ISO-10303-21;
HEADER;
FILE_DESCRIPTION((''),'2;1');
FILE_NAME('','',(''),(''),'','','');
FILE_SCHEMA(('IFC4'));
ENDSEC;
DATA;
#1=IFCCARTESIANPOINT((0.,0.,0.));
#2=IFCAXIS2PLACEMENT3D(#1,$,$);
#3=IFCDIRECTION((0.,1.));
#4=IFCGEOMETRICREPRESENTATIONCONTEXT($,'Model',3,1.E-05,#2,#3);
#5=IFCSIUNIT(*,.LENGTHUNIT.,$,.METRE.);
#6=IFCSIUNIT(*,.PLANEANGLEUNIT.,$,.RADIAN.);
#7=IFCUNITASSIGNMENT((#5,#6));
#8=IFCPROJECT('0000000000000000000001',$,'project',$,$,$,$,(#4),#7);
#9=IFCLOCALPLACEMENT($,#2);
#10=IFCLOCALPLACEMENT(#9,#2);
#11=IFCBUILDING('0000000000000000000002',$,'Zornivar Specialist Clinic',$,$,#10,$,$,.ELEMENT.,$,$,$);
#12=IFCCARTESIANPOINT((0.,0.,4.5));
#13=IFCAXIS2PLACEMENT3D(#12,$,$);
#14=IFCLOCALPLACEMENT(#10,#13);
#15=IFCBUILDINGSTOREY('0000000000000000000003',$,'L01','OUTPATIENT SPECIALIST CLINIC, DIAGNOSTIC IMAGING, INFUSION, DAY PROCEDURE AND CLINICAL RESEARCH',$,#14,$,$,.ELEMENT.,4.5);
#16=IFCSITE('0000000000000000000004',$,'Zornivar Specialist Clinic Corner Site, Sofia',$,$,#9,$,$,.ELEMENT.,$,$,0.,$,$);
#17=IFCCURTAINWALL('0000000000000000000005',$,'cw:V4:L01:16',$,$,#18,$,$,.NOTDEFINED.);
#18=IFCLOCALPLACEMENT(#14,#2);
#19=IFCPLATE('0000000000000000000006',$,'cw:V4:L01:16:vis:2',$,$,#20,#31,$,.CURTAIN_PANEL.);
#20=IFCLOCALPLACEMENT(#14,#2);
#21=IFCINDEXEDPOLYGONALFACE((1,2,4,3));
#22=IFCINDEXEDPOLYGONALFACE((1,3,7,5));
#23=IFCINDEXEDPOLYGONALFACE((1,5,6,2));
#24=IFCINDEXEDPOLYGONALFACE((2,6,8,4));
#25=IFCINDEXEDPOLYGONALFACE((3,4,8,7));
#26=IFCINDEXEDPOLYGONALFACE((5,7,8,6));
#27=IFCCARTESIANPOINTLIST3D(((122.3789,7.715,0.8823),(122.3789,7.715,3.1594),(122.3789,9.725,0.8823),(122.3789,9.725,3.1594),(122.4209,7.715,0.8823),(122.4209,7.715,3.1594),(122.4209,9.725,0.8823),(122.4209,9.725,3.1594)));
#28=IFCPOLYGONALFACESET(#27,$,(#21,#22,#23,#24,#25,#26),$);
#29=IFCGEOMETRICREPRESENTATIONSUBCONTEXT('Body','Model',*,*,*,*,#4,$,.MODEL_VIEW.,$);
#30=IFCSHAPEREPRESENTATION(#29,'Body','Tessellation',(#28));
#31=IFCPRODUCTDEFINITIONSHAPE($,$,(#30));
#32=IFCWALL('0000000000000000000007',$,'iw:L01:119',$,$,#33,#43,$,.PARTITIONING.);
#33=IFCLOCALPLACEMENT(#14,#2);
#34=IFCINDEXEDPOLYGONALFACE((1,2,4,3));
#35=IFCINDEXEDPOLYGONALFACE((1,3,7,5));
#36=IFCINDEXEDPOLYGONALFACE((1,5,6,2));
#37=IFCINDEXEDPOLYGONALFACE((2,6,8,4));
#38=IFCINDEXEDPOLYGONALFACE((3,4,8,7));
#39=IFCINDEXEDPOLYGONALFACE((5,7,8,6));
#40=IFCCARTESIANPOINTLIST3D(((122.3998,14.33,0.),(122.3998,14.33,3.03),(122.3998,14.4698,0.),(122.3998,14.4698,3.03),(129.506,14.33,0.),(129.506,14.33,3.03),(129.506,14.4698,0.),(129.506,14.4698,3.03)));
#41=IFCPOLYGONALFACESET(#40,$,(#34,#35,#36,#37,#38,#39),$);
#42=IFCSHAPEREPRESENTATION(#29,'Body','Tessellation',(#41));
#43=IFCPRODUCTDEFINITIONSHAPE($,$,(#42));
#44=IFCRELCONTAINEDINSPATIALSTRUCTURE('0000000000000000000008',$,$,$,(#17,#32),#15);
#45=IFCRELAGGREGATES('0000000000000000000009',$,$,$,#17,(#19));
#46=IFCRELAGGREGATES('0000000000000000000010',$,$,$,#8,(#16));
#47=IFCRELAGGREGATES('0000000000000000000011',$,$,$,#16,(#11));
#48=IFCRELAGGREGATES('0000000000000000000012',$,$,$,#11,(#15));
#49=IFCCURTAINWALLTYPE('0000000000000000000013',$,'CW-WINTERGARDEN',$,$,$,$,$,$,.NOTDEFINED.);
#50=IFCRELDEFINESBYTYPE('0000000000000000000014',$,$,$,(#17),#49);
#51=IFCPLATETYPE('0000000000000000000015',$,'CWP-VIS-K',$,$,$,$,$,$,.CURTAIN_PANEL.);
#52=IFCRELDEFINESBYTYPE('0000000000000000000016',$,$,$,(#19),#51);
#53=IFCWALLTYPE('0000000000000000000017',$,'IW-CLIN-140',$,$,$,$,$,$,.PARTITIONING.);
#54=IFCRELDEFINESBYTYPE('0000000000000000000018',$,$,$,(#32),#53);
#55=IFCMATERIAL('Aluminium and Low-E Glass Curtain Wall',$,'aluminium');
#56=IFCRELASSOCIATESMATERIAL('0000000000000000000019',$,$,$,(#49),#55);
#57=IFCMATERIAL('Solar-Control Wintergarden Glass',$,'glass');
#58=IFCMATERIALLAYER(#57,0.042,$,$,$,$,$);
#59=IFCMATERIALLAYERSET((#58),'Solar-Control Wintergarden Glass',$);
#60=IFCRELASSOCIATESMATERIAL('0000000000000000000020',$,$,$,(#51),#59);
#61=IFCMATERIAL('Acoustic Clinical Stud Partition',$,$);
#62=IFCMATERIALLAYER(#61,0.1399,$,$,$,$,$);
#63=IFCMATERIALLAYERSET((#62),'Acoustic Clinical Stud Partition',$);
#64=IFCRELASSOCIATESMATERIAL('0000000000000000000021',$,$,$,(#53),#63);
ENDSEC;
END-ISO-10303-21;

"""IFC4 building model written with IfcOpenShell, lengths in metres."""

from ifc_helpers import new_model, si_unit, direction, frame, frame_2d, origin, origin_2d, place, context, subcontext, project, spatial, rectangle, extrude, material, layer, layer_set, type_object, element, aggregate, save


model = new_model("IFC4")

# Units and contexts
model_context = context("Model", 3, precision=1e-05, world=origin(), true_north=direction((0.0, 1.0)))
body_context = subcontext(model_context, "Body", "Model", "MODEL_VIEW")
ifc_project = project(units=[si_unit("LENGTHUNIT", "METRE"), si_unit("PLANEANGLEUNIT", "RADIAN")], contexts=[model_context])

# Site, building, storey
site_placement = place(None, origin())
site = spatial("IfcSite", under=ifc_project, at=site_placement, Name="Zornivar Specialist Clinic Corner Site, Sofia", CompositionType="ELEMENT", RefElevation=0.0)
building_placement = place(site_placement, origin())
building = spatial("IfcBuilding", under=site, at=building_placement, Name="Zornivar Specialist Clinic", CompositionType="ELEMENT")
storey_placement = place(building_placement, frame((0.0, 0.0, 4.5)))
storey = spatial("IfcBuildingStorey", under=building, at=storey_placement, Name="L01", Description="OUTPATIENT SPECIALIST CLINIC, DIAGNOSTIC IMAGING, INFUSION, DAY PROCEDURE AND CLINICAL RESEARCH", CompositionType="ELEMENT", Elevation=4.5)

# Curtain wall
ifc_material_1 = material(Name="Aluminium and Low-E Glass Curtain Wall", Category="aluminium")
curtain_wall_type = type_object("IfcCurtainWallType", Name="CW-WINTERGARDEN", PredefinedType="NOTDEFINED", material=ifc_material_1)
curtain_wall_1_placement = place(storey_placement, origin())
curtain_wall_1 = element("IfcCurtainWall", 1, at=curtain_wall_1_placement, inside=storey, type_object=curtain_wall_type, Name="cw:V4:L01:16", PredefinedType="NOTDEFINED")

# Plate
ifc_material_2 = material(Name="Solar-Control Wintergarden Glass", Category="glass")
ifc_layer_1 = layer(ifc_material_2, 0.042)
ifc_layer_set_1 = layer_set([ifc_layer_1], Name="Solar-Control Wintergarden Glass")
plate_type_1 = type_object("IfcPlateType", Name="CWP-VIS-K", PredefinedType="CURTAIN_PANEL", material=ifc_layer_set_1)
plate_1_placement = place(storey_placement, frame((122.3999, 8.72, 0.8823), z_axis=(0.0, 0.0, 1.0), x_axis=(0.0, -1.0, 0.0)))
plate_1 = element("IfcPlate", 2, at=plate_1_placement, type_object=plate_type_1, Name="cw:V4:L01:16:vis:2", PredefinedType="CURTAIN_PANEL", context=body_context, shape_type="SweptSolid", body=[
    extrude(rectangle(XDim=2.01, YDim=0.042, at=origin_2d()), origin(), (0.0, 0.0, 1.0), 2.2771),
])
aggregate(curtain_wall_1, [plate_1])

# Wall
ifc_material_3 = material(Name="Acoustic Clinical Stud Partition")
ifc_layer_2 = layer(ifc_material_3, 0.1399)
ifc_layer_set_2 = layer_set([ifc_layer_2], Name="Acoustic Clinical Stud Partition")
wall_type = type_object("IfcWallType", Name="IW-CLIN-140", PredefinedType="PARTITIONING", material=ifc_layer_set_2)
wall_placement = place(storey_placement, frame((129.5061, 14.3999, 0.0), z_axis=(0.0, 0.0, 1.0), x_axis=(-1.0, 0.0, 0.0)))
element("IfcWall", 3, at=wall_placement, inside=storey, type_object=wall_type, Name="iw:L01:119", PredefinedType="PARTITIONING", context=body_context, shape_type="SweptSolid", body=[
    extrude(rectangle(XDim=7.1062, YDim=0.1399, at=frame_2d((3.5532, 0.0))), origin(), (0.0, 0.0, 1.0), 3.03),
])

save(model, "model.ifc")
